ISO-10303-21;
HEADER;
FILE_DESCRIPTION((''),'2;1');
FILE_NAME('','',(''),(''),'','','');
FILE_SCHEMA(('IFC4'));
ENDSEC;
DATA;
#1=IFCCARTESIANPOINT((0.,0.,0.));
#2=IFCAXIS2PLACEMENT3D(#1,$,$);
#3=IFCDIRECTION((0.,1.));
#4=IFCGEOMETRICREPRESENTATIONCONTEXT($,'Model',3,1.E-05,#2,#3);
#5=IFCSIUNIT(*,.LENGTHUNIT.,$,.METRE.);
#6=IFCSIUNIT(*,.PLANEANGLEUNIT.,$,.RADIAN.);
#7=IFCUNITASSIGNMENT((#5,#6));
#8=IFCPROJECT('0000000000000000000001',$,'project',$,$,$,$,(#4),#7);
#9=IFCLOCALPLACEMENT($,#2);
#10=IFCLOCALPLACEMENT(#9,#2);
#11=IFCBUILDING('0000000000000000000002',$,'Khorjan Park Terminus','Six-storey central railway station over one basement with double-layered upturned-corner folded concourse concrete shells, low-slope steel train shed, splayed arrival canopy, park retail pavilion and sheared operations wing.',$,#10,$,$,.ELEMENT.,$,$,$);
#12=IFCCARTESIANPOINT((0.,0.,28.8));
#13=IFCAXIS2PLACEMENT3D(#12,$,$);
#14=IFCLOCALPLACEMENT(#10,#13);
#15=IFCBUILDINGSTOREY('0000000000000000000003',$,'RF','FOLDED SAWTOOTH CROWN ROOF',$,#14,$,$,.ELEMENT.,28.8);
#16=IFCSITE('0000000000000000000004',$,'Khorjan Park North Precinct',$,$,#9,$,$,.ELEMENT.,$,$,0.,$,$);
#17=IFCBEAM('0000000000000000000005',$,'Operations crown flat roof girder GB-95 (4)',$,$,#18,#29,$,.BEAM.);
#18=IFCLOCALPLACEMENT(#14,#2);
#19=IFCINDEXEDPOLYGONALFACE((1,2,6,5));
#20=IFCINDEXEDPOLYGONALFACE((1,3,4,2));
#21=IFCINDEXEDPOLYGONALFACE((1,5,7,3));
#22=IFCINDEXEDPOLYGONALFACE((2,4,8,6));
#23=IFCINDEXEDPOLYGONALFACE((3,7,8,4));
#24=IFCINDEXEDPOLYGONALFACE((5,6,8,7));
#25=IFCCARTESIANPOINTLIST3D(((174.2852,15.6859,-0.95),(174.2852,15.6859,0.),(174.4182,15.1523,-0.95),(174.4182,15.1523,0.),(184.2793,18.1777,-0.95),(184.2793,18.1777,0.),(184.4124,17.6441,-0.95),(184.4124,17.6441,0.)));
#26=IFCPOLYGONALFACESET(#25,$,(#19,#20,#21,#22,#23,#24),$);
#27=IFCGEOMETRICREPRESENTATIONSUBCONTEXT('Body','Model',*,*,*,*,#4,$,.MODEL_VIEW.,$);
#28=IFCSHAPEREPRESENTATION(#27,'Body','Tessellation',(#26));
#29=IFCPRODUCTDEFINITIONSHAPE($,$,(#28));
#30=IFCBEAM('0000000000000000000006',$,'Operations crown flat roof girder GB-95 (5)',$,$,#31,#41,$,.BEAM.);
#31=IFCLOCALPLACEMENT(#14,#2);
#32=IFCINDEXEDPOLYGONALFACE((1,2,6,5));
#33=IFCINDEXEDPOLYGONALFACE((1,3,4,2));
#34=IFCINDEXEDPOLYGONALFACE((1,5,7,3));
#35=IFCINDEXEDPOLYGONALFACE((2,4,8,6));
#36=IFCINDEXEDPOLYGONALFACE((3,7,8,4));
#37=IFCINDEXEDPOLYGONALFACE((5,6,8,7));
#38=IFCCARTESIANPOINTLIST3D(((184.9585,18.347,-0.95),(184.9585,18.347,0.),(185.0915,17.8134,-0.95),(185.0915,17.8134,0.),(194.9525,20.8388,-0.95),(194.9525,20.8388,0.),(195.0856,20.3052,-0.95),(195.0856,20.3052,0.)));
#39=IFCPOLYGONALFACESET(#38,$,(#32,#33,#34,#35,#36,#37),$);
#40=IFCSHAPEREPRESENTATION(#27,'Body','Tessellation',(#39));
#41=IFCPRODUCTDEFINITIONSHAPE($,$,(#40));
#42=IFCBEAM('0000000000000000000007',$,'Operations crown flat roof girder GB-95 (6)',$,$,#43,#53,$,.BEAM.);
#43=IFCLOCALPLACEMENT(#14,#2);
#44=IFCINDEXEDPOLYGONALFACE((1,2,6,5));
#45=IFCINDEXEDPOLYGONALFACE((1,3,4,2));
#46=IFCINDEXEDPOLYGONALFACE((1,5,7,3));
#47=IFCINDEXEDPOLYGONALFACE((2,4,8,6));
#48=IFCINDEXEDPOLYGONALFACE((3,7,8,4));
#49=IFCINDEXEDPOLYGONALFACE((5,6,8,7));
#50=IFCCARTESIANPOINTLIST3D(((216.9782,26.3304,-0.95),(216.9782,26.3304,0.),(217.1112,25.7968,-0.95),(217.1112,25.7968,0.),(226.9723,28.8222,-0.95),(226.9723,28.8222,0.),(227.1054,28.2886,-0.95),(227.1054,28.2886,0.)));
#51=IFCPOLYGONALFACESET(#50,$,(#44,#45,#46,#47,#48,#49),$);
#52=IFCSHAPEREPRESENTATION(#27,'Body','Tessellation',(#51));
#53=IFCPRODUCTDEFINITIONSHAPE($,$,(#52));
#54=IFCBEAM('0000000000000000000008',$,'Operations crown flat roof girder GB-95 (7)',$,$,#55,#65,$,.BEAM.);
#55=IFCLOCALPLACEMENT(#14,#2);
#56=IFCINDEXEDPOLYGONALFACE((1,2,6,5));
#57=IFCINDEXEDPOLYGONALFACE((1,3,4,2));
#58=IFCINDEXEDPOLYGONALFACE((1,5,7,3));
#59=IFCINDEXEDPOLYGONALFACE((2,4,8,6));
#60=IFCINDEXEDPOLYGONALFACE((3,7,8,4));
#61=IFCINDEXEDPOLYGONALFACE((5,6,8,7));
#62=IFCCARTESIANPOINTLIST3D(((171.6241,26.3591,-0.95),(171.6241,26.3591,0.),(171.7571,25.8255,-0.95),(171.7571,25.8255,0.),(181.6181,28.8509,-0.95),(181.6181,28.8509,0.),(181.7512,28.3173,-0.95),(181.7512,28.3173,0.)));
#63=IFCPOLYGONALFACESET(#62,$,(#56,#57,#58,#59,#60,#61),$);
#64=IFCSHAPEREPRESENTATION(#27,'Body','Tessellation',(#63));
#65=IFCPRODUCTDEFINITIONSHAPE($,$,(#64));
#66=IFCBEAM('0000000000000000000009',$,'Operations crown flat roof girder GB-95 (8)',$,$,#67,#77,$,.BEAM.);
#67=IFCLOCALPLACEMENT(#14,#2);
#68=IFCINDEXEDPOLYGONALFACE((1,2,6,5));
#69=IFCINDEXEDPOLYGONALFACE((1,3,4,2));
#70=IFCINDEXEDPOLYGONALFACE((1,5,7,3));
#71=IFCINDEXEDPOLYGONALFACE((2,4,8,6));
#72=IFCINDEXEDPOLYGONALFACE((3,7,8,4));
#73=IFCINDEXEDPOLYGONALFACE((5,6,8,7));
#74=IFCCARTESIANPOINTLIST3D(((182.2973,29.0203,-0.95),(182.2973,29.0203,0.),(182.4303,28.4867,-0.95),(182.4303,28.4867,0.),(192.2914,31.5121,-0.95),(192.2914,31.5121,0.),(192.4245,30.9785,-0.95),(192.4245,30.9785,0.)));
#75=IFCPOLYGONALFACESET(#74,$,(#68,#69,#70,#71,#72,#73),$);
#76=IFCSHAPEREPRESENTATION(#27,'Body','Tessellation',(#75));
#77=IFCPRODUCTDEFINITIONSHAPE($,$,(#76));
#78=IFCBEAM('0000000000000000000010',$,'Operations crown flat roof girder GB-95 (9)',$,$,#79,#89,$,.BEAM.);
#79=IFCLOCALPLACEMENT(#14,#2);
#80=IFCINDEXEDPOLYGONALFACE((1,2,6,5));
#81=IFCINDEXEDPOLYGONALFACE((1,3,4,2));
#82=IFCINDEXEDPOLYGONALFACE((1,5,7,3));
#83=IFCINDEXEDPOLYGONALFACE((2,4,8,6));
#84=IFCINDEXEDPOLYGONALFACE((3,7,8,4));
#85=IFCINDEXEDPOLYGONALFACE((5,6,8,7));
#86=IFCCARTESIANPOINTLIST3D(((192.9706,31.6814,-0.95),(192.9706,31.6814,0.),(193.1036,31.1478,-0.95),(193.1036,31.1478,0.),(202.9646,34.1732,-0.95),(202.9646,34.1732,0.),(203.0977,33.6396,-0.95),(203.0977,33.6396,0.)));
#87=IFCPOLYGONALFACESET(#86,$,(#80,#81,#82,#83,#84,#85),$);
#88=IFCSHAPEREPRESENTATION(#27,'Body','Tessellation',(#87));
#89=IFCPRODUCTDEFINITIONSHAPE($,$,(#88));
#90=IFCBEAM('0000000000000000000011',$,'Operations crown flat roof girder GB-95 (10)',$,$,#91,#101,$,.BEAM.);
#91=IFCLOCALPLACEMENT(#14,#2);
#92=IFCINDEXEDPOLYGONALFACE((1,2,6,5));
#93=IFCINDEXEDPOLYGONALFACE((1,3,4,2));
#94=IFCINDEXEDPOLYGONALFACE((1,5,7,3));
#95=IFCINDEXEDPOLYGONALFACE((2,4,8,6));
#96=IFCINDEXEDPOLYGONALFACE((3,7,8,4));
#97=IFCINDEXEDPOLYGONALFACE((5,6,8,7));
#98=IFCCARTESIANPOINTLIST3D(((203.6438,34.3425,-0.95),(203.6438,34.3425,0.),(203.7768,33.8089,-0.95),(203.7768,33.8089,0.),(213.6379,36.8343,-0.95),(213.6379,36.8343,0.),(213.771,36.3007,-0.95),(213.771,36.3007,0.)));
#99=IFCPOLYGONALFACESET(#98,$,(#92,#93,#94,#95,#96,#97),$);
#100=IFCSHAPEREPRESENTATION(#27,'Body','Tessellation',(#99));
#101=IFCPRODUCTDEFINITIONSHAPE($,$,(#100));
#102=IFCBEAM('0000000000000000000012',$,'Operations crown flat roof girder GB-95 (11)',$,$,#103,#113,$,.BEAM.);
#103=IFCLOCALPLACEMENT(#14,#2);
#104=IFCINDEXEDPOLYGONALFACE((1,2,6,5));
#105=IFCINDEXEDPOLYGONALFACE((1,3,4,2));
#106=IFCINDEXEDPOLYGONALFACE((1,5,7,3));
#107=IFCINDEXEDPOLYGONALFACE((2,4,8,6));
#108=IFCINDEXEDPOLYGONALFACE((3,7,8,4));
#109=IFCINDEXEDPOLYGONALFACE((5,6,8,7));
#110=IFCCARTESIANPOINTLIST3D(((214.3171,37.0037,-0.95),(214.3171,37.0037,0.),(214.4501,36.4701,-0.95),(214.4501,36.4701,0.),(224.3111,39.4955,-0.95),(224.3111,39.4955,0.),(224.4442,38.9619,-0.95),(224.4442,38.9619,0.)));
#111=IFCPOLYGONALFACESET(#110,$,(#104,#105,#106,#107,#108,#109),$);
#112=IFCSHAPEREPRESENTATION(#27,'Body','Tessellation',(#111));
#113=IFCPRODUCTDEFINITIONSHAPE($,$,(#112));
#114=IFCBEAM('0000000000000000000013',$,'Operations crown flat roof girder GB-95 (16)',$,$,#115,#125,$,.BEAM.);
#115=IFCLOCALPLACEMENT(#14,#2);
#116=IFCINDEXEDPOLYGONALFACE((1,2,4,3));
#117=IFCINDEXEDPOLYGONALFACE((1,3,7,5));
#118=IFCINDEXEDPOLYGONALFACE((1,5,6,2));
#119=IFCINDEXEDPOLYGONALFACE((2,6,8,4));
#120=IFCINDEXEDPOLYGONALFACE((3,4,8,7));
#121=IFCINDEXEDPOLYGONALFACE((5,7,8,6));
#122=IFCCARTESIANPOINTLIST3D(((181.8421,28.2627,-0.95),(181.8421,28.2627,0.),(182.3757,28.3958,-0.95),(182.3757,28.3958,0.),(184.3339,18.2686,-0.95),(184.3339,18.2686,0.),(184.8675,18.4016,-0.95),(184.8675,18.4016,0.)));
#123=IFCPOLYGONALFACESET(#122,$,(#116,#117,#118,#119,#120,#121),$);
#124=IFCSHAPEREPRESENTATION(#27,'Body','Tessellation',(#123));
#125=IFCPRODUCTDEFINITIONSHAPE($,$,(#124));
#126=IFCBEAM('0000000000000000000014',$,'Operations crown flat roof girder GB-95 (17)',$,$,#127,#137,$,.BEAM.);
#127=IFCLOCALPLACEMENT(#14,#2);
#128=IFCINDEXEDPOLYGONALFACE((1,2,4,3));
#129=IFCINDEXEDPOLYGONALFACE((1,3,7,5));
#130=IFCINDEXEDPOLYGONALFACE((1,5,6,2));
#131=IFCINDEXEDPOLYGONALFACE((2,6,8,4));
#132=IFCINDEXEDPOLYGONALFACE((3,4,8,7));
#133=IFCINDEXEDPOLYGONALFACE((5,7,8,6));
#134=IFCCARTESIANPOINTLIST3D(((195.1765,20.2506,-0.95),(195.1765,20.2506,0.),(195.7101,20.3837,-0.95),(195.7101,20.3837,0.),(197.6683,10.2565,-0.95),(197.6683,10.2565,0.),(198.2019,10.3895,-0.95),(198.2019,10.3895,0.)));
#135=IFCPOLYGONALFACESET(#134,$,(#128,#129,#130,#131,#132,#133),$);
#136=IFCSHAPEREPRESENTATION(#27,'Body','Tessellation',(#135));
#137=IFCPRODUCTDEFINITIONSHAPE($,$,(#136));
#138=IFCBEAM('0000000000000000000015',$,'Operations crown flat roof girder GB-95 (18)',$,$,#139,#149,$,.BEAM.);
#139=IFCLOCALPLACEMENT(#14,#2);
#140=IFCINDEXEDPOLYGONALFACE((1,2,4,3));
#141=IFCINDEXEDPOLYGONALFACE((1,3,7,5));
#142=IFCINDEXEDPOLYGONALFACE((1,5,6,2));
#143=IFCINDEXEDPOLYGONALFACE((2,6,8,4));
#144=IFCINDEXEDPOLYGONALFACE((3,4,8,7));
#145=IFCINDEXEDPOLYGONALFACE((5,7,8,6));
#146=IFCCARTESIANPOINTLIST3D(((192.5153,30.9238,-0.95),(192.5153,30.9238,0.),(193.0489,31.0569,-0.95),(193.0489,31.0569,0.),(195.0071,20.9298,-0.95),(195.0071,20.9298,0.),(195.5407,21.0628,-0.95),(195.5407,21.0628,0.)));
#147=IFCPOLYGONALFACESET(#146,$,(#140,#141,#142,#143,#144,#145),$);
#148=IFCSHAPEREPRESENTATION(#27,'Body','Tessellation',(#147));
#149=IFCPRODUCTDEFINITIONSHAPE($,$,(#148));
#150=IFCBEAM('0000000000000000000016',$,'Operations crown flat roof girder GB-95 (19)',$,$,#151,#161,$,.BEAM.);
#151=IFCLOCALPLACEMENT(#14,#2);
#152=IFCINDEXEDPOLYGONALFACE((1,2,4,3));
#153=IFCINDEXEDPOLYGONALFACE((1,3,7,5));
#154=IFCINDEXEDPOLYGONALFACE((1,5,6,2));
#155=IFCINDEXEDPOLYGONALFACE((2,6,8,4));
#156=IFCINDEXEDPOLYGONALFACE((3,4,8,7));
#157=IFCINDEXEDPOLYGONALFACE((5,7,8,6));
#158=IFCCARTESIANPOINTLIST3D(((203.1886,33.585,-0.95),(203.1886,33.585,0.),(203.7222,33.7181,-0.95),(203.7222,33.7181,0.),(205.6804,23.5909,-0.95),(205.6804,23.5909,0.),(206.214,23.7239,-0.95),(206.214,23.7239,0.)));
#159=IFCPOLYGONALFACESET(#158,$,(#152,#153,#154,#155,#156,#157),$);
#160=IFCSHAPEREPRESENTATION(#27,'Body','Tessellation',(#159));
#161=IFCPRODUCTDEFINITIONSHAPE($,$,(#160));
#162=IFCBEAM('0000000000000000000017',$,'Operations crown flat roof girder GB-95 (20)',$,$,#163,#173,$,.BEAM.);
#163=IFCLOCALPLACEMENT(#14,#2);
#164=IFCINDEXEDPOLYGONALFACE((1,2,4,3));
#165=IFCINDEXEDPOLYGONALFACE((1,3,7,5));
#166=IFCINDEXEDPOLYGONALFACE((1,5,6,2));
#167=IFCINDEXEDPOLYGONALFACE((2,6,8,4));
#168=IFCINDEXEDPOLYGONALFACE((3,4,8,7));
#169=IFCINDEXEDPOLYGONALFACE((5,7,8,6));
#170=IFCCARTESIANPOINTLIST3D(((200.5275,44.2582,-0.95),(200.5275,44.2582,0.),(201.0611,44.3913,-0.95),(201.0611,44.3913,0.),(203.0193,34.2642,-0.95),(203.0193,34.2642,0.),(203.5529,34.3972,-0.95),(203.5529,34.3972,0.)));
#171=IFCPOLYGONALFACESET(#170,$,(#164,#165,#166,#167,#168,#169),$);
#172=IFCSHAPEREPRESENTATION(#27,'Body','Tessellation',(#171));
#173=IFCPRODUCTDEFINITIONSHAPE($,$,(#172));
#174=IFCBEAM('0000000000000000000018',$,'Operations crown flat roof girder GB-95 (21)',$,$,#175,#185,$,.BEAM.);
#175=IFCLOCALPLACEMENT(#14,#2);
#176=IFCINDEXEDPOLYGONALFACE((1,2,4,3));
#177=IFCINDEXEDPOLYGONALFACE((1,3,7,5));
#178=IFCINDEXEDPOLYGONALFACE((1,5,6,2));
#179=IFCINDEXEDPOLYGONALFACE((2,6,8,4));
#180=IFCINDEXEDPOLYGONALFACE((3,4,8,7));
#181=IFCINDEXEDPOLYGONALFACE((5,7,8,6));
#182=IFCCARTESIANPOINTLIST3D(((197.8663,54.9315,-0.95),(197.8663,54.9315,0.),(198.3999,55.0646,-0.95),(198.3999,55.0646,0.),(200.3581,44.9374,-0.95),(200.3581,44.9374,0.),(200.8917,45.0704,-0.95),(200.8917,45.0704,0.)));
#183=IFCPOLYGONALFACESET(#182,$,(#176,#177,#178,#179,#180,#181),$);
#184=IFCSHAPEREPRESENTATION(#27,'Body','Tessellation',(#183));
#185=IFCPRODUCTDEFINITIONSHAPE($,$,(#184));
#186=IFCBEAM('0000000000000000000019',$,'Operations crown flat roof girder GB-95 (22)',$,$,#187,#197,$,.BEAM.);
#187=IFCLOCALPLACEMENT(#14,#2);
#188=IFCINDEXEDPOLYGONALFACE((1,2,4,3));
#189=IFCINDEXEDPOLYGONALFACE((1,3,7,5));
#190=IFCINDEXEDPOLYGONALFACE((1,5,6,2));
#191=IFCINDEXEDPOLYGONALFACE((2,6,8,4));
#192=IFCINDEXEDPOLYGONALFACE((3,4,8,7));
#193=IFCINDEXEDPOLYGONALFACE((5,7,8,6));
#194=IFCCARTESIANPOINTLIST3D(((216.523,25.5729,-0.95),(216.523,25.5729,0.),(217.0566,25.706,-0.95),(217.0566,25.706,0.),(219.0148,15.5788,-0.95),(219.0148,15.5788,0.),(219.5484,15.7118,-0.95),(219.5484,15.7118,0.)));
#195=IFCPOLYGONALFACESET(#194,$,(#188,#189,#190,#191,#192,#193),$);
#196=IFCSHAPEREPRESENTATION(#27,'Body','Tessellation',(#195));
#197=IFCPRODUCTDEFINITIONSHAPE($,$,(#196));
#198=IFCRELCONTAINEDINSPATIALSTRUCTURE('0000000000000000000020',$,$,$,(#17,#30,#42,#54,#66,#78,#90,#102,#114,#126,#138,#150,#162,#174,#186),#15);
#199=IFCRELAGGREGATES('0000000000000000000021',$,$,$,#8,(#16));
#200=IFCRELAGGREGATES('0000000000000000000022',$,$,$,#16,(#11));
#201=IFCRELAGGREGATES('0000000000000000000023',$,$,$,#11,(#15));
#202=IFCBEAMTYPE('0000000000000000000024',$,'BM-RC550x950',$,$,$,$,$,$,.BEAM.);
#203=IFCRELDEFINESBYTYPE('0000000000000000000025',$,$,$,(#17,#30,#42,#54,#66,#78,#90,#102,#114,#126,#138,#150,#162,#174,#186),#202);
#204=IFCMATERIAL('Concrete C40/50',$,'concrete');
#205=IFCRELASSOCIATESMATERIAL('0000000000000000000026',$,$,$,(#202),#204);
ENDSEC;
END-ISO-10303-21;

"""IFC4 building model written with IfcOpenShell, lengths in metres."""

from ifc_helpers import new_model, si_unit, direction, frame, origin, origin_2d, place, context, subcontext, project, spatial, rectangle, extrude, material, material_profile, profile_set, type_object, element, save


model = new_model("IFC4")

# Units and contexts
model_context = context("Model", 3, precision=1e-05, world=origin(), true_north=direction((0.0, 1.0)))
body_context = subcontext(model_context, "Body", "Model", "MODEL_VIEW")
ifc_project = project(units=[si_unit("LENGTHUNIT", "METRE"), si_unit("PLANEANGLEUNIT", "RADIAN")], contexts=[model_context])

# Site, building, storey
site_placement = place(None, origin())
site = spatial("IfcSite", under=ifc_project, at=site_placement, Name="Khorjan Park North Precinct", CompositionType="ELEMENT", RefElevation=0.0)
building_placement = place(site_placement, origin())
building = spatial("IfcBuilding", under=site, at=building_placement, Name="Khorjan Park Terminus", Description="Six-storey central railway station over one basement with double-layered upturned-corner folded concourse concrete shells, low-slope steel train shed, splayed arrival canopy, park retail pavilion and sheared operations wing.", CompositionType="ELEMENT")
storey_placement = place(building_placement, frame((0.0, 0.0, 28.8)))
storey = spatial("IfcBuildingStorey", under=building, at=storey_placement, Name="RF", Description="FOLDED SAWTOOTH CROWN ROOF", CompositionType="ELEMENT", Elevation=28.8)

# Beams
ifc_material_1 = material(Name="Concrete C40/50", Category="concrete")
ifc_material_profile_1 = material_profile(ifc_material_1, rectangle(XDim=0.55, YDim=0.95, at=origin_2d()), Name="RC 550x950")
ifc_profile_set_1 = profile_set([ifc_material_profile_1], Name="Concrete C40/50")
beam_type_1 = type_object("IfcBeamType", Name="BM-RC550x950", PredefinedType="BEAM", material=ifc_profile_set_1)
beam_1_placement = place(storey_placement, frame((174.3517, 15.4191, -0.475), z_axis=(0.970296, 0.241921, 0.0), x_axis=(-0.241921, 0.970296, 0.0)))
element("IfcBeam", 1, at=beam_1_placement, inside=storey, type_object=beam_type_1, Name="Operations crown flat roof girder GB-95 (4)", PredefinedType="BEAM", context=body_context, shape_type="SweptSolid", body=[
    extrude(rectangle(XDim=0.55, YDim=0.95, at=origin_2d()), origin(), (0.0, 0.0, 1.0), 10.3001),
])
beam_2_placement = place(storey_placement, frame((185.025, 18.0802, -0.475), z_axis=(0.970295, 0.241923, 0.0), x_axis=(-0.241923, 0.970295, 0.0)))
element("IfcBeam", 2, at=beam_2_placement, inside=storey, type_object=beam_type_1, Name="Operations crown flat roof girder GB-95 (5)", PredefinedType="BEAM", context=body_context, shape_type="SweptSolid", body=[
    extrude(rectangle(XDim=0.55, YDim=0.95, at=origin_2d()), origin(), (0.0, 0.0, 1.0), 10.3),
])
beam_3_placement = place(storey_placement, frame((217.0447, 26.0636, -0.475), z_axis=(0.970296, 0.241921, 0.0), x_axis=(-0.241921, 0.970296, 0.0)))
element("IfcBeam", 3, at=beam_3_placement, inside=storey, type_object=beam_type_1, Name="Operations crown flat roof girder GB-95 (6)", PredefinedType="BEAM", context=body_context, shape_type="SweptSolid", body=[
    extrude(rectangle(XDim=0.55, YDim=0.95, at=origin_2d()), origin(), (0.0, 0.0, 1.0), 10.3001),
])
beam_4_placement = place(storey_placement, frame((171.6906, 26.0923, -0.475), z_axis=(0.970295, 0.241923, 0.0), x_axis=(-0.241923, 0.970295, 0.0)))
element("IfcBeam", 4, at=beam_4_placement, inside=storey, type_object=beam_type_1, Name="Operations crown flat roof girder GB-95 (7)", PredefinedType="BEAM", context=body_context, shape_type="SweptSolid", body=[
    extrude(rectangle(XDim=0.55, YDim=0.95, at=origin_2d()), origin(), (0.0, 0.0, 1.0), 10.3),
])
beam_5_placement = place(storey_placement, frame((182.3638, 28.7535, -0.475), z_axis=(0.970296, 0.241921, 0.0), x_axis=(-0.241921, 0.970296, 0.0)))
element("IfcBeam", 5, at=beam_5_placement, inside=storey, type_object=beam_type_1, Name="Operations crown flat roof girder GB-95 (8)", PredefinedType="BEAM", context=body_context, shape_type="SweptSolid", body=[
    extrude(rectangle(XDim=0.55, YDim=0.95, at=origin_2d()), origin(), (0.0, 0.0, 1.0), 10.3001),
])
beam_6_placement = place(storey_placement, frame((193.0371, 31.4146, -0.475), z_axis=(0.970295, 0.241923, 0.0), x_axis=(-0.241923, 0.970295, 0.0)))
element("IfcBeam", 6, at=beam_6_placement, inside=storey, type_object=beam_type_1, Name="Operations crown flat roof girder GB-95 (9)", PredefinedType="BEAM", context=body_context, shape_type="SweptSolid", body=[
    extrude(rectangle(XDim=0.55, YDim=0.95, at=origin_2d()), origin(), (0.0, 0.0, 1.0), 10.3),
])
beam_7_placement = place(storey_placement, frame((203.7103, 34.0757, -0.475), z_axis=(0.970296, 0.241921, 0.0), x_axis=(-0.241921, 0.970296, 0.0)))
element("IfcBeam", 7, at=beam_7_placement, inside=storey, type_object=beam_type_1, Name="Operations crown flat roof girder GB-95 (10)", PredefinedType="BEAM", context=body_context, shape_type="SweptSolid", body=[
    extrude(rectangle(XDim=0.55, YDim=0.95, at=origin_2d()), origin(), (0.0, 0.0, 1.0), 10.3001),
])
beam_8_placement = place(storey_placement, frame((214.3836, 36.7369, -0.475), z_axis=(0.970295, 0.241923, 0.0), x_axis=(-0.241923, 0.970295, 0.0)))
element("IfcBeam", 8, at=beam_8_placement, inside=storey, type_object=beam_type_1, Name="Operations crown flat roof girder GB-95 (11)", PredefinedType="BEAM", context=body_context, shape_type="SweptSolid", body=[
    extrude(rectangle(XDim=0.55, YDim=0.95, at=origin_2d()), origin(), (0.0, 0.0, 1.0), 10.3),
])
for number, where, z_axis, x_axis, name in (
    (9, (184.6007, 18.3351, -0.475), (-0.241921, 0.970296, 0.0), (-0.970296, -0.241921, 0.0), "Operations crown flat roof girder GB-95 (16)"),
    (10, (197.9351, 10.323, -0.475), (-0.241921, 0.970296, 0.0), (-0.970296, -0.241921, 0.0), "Operations crown flat roof girder GB-95 (17)"),
):
    element("IfcBeam", number, at=place(storey_placement, frame(where, z_axis=z_axis, x_axis=x_axis)), inside=storey, type_object=beam_type_1, Name=name, PredefinedType="BEAM", context=body_context, shape_type="SweptSolid", body=[
        extrude(rectangle(XDim=0.55, YDim=0.95, at=origin_2d()), origin(), (0.0, 0.0, 1.0), 10.3001),
    ])
beam_9_placement = place(storey_placement, frame((195.2739, 20.9963, -0.475), z_axis=(-0.241923, 0.970295, 0.0), x_axis=(-0.970295, -0.241923, 0.0)))
element("IfcBeam", 11, at=beam_9_placement, inside=storey, type_object=beam_type_1, Name="Operations crown flat roof girder GB-95 (18)", PredefinedType="BEAM", context=body_context, shape_type="SweptSolid", body=[
    extrude(rectangle(XDim=0.55, YDim=0.95, at=origin_2d()), origin(), (0.0, 0.0, 1.0), 10.3),
])
beam_10_placement = place(storey_placement, frame((205.9472, 23.6574, -0.475), z_axis=(-0.241921, 0.970296, 0.0), x_axis=(-0.970296, -0.241921, 0.0)))
element("IfcBeam", 12, at=beam_10_placement, inside=storey, type_object=beam_type_1, Name="Operations crown flat roof girder GB-95 (19)", PredefinedType="BEAM", context=body_context, shape_type="SweptSolid", body=[
    extrude(rectangle(XDim=0.55, YDim=0.95, at=origin_2d()), origin(), (0.0, 0.0, 1.0), 10.3001),
])
beam_11_placement = place(storey_placement, frame((203.2861, 34.3307, -0.475), z_axis=(-0.241923, 0.970295, 0.0), x_axis=(-0.970295, -0.241923, 0.0)))
element("IfcBeam", 13, at=beam_11_placement, inside=storey, type_object=beam_type_1, Name="Operations crown flat roof girder GB-95 (20)", PredefinedType="BEAM", context=body_context, shape_type="SweptSolid", body=[
    extrude(rectangle(XDim=0.55, YDim=0.95, at=origin_2d()), origin(), (0.0, 0.0, 1.0), 10.3),
])
for number, where, z_axis, x_axis, name in (
    (14, (200.6249, 45.0039, -0.475), (-0.241921, 0.970296, 0.0), (-0.970296, -0.241921, 0.0), "Operations crown flat roof girder GB-95 (21)"),
    (15, (219.2816, 15.6453, -0.475), (-0.241921, 0.970296, 0.0), (-0.970296, -0.241921, 0.0), "Operations crown flat roof girder GB-95 (22)"),
):
    element("IfcBeam", number, at=place(storey_placement, frame(where, z_axis=z_axis, x_axis=x_axis)), inside=storey, type_object=beam_type_1, Name=name, PredefinedType="BEAM", context=body_context, shape_type="SweptSolid", body=[
        extrude(rectangle(XDim=0.55, YDim=0.95, at=origin_2d()), origin(), (0.0, 0.0, 1.0), 10.3001),
    ])

save(model, "model.ifc")
